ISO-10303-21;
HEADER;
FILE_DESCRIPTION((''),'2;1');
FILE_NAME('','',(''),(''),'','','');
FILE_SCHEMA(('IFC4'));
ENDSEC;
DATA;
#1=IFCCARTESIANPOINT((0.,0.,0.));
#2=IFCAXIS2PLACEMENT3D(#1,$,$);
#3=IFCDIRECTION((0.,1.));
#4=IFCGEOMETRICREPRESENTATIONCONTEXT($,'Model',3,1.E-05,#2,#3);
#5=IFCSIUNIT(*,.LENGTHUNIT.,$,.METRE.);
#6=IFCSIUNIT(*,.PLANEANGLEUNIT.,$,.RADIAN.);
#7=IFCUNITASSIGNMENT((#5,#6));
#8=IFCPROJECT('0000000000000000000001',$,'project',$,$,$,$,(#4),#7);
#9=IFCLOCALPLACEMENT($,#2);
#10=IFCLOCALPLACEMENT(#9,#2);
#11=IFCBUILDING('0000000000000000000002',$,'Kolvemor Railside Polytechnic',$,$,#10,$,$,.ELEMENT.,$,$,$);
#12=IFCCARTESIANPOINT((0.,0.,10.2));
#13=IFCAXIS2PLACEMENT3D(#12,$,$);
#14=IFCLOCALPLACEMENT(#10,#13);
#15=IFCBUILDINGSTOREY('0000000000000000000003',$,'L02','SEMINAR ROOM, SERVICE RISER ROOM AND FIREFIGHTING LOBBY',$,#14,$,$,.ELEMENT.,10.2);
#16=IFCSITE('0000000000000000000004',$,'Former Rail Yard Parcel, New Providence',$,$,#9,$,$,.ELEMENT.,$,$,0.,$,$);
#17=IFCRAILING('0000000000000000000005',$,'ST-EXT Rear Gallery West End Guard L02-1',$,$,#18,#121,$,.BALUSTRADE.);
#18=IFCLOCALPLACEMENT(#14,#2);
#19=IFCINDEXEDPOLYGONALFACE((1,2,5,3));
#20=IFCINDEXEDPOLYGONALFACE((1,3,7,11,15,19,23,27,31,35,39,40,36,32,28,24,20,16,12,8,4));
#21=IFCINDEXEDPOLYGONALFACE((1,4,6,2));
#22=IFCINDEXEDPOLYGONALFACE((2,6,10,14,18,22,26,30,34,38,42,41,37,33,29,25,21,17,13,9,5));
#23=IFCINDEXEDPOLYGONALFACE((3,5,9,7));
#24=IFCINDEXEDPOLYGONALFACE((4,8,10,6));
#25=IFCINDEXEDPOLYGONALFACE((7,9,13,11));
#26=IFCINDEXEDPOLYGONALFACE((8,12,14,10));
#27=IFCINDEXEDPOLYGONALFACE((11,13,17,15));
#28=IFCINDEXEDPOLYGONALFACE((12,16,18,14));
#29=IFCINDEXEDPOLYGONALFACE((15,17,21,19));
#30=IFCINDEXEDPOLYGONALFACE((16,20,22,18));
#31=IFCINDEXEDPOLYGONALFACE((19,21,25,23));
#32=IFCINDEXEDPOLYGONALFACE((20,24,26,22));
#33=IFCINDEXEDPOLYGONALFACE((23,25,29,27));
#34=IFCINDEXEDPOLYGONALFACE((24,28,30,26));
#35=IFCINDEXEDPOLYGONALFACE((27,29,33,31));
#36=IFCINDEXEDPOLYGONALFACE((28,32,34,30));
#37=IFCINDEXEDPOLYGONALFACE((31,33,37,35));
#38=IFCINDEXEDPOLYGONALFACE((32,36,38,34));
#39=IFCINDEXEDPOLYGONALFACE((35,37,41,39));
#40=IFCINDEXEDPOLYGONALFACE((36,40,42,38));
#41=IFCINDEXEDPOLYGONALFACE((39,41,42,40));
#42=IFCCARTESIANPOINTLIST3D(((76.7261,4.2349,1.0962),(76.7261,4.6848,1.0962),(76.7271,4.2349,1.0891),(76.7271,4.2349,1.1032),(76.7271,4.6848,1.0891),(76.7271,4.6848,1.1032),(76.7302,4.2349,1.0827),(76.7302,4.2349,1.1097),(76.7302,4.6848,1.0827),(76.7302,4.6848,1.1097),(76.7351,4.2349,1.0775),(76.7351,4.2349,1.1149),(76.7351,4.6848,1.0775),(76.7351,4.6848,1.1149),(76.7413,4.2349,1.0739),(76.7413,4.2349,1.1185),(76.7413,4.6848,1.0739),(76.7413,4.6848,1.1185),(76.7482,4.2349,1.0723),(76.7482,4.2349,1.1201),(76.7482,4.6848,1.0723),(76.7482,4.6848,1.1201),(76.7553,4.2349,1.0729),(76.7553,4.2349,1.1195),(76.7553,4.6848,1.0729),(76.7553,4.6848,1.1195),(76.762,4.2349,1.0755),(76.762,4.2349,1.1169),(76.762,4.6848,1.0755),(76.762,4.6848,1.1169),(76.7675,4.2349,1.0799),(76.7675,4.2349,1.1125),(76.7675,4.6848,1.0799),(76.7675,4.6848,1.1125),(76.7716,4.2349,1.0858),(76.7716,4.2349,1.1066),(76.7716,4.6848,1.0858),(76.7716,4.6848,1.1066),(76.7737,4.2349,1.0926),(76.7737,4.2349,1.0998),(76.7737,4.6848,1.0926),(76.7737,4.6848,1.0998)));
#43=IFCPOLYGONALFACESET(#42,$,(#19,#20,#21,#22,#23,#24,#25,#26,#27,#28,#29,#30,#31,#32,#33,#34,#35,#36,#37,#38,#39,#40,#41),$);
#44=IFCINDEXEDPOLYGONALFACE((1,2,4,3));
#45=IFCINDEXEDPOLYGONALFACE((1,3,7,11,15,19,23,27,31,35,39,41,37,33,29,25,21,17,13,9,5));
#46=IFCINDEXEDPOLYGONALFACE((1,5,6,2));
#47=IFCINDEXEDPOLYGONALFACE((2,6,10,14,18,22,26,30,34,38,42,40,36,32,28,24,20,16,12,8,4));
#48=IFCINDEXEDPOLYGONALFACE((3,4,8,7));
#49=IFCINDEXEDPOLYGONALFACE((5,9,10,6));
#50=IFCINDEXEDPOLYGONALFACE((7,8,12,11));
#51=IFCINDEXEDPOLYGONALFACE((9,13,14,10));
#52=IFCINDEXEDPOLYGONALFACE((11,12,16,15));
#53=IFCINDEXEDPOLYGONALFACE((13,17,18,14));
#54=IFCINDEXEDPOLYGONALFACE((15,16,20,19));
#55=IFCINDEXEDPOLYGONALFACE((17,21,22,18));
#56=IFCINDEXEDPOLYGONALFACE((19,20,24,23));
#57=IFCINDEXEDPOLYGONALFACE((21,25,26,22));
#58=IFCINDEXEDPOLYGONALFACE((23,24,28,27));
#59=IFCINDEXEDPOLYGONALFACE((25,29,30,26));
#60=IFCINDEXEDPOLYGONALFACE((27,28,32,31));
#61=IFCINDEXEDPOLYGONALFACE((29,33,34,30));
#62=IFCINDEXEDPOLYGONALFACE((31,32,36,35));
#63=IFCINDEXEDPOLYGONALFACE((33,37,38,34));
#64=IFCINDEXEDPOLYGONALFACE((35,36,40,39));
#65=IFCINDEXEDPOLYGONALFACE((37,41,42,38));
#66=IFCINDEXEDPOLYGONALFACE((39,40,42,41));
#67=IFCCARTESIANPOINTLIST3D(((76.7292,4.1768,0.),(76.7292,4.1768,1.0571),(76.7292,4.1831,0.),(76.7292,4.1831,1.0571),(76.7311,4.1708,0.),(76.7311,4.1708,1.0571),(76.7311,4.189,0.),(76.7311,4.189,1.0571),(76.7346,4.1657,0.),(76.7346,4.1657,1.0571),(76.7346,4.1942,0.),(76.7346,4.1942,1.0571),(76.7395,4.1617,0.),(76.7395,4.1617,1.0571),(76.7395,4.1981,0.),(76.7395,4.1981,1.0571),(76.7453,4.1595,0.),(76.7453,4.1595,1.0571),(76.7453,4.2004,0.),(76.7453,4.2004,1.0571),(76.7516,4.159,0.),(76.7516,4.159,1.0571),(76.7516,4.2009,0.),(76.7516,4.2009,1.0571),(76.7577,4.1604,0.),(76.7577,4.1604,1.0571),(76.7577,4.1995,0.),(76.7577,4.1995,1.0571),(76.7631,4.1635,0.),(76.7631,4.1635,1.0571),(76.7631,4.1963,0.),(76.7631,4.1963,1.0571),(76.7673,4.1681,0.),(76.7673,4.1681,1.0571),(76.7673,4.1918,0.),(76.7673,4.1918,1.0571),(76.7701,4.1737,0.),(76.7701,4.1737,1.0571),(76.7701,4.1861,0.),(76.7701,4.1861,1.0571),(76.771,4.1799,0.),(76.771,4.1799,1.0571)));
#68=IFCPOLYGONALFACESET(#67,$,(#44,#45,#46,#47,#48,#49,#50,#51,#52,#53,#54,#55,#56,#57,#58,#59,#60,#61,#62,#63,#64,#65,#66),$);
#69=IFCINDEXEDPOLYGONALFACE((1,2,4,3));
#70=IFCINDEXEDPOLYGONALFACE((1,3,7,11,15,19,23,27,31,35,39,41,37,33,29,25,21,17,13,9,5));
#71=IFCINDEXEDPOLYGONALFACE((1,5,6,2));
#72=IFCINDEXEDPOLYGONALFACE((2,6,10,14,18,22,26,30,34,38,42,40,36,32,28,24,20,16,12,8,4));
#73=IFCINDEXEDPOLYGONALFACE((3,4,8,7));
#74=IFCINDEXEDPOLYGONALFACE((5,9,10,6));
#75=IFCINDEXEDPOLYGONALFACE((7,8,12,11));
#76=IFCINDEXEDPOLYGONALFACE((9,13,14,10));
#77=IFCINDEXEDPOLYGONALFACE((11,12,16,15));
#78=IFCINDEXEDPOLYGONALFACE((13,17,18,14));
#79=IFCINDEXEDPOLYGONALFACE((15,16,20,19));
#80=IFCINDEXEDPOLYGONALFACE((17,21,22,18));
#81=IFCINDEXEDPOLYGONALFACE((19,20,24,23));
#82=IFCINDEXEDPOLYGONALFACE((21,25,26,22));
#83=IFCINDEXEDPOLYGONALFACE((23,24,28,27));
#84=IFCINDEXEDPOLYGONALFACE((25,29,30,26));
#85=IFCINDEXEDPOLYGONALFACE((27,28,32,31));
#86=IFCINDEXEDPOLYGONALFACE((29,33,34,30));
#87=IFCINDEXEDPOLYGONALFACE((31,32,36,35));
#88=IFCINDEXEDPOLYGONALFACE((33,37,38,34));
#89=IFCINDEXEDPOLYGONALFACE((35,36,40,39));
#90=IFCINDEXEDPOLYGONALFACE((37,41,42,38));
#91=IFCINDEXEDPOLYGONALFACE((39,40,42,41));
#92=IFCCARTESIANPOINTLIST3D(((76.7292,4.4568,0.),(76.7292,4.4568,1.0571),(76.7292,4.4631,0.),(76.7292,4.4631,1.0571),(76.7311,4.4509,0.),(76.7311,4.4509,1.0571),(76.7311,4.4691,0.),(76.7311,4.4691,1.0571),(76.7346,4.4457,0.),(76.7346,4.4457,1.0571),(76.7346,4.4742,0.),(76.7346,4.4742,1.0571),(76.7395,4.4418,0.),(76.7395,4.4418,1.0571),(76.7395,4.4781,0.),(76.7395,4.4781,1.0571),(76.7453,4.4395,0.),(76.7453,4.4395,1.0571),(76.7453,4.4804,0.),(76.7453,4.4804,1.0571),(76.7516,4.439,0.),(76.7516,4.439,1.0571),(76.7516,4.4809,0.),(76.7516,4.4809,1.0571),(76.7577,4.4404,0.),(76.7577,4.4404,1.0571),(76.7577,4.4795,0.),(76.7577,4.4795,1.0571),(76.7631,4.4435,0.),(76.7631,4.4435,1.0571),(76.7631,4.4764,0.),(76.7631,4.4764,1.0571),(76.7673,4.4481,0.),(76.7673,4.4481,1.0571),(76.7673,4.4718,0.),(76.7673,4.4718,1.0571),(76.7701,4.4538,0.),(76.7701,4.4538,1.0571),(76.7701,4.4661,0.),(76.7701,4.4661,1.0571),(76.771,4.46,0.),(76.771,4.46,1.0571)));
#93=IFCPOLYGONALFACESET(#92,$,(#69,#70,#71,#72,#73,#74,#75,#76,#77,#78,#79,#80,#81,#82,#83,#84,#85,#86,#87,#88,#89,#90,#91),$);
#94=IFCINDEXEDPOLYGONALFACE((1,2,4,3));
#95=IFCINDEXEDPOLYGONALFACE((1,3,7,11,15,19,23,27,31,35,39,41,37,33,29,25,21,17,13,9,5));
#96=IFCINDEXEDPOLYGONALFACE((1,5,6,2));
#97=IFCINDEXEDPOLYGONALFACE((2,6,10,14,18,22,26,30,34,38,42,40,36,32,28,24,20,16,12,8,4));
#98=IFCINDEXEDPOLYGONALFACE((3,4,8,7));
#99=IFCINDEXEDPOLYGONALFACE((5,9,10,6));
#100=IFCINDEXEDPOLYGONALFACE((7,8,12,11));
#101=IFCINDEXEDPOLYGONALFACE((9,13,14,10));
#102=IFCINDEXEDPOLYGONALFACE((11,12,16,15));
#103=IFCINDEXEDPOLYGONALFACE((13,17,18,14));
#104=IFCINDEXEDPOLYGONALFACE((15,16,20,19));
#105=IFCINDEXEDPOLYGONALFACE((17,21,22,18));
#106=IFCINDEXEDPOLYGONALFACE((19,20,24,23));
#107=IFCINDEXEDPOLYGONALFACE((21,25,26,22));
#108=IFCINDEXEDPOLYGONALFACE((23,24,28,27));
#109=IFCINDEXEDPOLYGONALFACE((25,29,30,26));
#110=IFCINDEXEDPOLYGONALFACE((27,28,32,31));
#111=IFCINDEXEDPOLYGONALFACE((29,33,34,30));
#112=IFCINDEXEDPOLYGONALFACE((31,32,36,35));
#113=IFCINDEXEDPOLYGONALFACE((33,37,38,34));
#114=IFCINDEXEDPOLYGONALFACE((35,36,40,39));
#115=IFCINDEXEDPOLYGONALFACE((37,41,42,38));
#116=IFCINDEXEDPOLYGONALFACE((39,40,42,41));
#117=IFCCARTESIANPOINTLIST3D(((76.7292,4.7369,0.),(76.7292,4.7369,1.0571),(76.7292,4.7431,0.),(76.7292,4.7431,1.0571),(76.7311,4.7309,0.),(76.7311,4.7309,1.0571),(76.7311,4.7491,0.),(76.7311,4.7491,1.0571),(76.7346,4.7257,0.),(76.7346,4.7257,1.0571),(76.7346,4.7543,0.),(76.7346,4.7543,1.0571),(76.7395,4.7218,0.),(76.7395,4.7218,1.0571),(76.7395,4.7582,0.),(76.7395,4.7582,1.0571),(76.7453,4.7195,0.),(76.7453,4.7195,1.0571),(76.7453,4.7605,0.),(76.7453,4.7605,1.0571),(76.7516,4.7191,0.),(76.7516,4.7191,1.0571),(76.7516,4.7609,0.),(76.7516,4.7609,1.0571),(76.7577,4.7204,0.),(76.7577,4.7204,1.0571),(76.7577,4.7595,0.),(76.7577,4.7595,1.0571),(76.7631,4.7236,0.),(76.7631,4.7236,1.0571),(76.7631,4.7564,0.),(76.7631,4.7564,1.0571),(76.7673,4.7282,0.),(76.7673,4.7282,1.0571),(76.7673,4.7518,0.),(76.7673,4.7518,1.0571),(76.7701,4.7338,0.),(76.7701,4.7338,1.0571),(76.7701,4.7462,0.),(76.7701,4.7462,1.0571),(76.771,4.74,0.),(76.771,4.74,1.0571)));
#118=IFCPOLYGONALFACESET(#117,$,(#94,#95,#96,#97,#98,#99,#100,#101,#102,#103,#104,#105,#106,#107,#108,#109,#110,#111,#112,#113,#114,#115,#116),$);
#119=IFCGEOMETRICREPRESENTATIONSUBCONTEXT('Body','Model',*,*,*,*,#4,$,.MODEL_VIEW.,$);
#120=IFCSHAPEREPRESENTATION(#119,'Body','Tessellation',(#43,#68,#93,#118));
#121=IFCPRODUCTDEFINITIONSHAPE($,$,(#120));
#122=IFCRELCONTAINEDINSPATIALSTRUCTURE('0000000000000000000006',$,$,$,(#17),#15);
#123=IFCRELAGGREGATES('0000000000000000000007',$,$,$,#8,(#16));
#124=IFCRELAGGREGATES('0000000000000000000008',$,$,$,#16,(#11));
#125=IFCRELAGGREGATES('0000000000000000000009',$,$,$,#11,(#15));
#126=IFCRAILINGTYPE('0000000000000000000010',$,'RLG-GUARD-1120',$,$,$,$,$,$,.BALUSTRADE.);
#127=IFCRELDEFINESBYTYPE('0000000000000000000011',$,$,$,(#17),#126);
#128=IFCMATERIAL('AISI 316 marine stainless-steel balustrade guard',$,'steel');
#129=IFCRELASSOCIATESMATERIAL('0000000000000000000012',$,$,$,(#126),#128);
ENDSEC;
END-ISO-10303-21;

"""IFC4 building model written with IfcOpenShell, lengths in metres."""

from ifc_helpers import new_model, si_unit, direction, frame, origin, origin_2d, place, context, subcontext, project, spatial, circle, extrude, material, type_object, element, save


model = new_model("IFC4")

# Units and contexts
model_context = context("Model", 3, precision=1e-05, world=origin(), true_north=direction((0.0, 1.0)))
body_context = subcontext(model_context, "Body", "Model", "MODEL_VIEW")
ifc_project = project(units=[si_unit("LENGTHUNIT", "METRE"), si_unit("PLANEANGLEUNIT", "RADIAN")], contexts=[model_context])

# Site, building, storey
site_placement = place(None, origin())
site = spatial("IfcSite", under=ifc_project, at=site_placement, Name="Former Rail Yard Parcel, New Providence", CompositionType="ELEMENT", RefElevation=0.0)
building_placement = place(site_placement, origin())
building = spatial("IfcBuilding", under=site, at=building_placement, Name="Kolvemor Railside Polytechnic", CompositionType="ELEMENT")
storey_placement = place(building_placement, frame((0.0, 0.0, 10.2)))
storey = spatial("IfcBuildingStorey", under=building, at=storey_placement, Name="L02", Description="SEMINAR ROOM, SERVICE RISER ROOM AND FIREFIGHTING LOBBY", CompositionType="ELEMENT", Elevation=10.2)

# Railing
ifc_material_1 = material(Name="AISI 316 marine stainless-steel balustrade guard", Category="steel")
railing_type = type_object("IfcRailingType", Name="RLG-GUARD-1120", PredefinedType="BALUSTRADE", material=ifc_material_1)
railing_1_placement = place(storey_placement, frame((76.75, 4.1799, 0.0)))
element("IfcRailing", 1, at=railing_1_placement, inside=storey, type_object=railing_type, Name="ST-EXT Rear Gallery West End Guard L02-1", PredefinedType="BALUSTRADE", context=body_context, shape_type="SweptSolid", body=[
    extrude(circle(Radius=0.0239, at=origin_2d()), frame((0.0, 0.0549, 1.0962), z_axis=(0.0, 1.0, 0.0), x_axis=(-1.0, 0.0, 0.0)), (0.0, 0.0, 1.0), 0.45),
    extrude(circle(Radius=0.021, at=origin_2d()), origin(), (0.0, 0.0, 1.0), 1.0571),
    extrude(circle(Radius=0.021, at=origin_2d()), frame((0.0, 0.28, 0.0)), (0.0, 0.0, 1.0), 1.0571),
    extrude(circle(Radius=0.021, at=origin_2d()), frame((0.0, 0.5601, 0.0)), (0.0, 0.0, 1.0), 1.0571),
])

save(model, "model.ifc")
